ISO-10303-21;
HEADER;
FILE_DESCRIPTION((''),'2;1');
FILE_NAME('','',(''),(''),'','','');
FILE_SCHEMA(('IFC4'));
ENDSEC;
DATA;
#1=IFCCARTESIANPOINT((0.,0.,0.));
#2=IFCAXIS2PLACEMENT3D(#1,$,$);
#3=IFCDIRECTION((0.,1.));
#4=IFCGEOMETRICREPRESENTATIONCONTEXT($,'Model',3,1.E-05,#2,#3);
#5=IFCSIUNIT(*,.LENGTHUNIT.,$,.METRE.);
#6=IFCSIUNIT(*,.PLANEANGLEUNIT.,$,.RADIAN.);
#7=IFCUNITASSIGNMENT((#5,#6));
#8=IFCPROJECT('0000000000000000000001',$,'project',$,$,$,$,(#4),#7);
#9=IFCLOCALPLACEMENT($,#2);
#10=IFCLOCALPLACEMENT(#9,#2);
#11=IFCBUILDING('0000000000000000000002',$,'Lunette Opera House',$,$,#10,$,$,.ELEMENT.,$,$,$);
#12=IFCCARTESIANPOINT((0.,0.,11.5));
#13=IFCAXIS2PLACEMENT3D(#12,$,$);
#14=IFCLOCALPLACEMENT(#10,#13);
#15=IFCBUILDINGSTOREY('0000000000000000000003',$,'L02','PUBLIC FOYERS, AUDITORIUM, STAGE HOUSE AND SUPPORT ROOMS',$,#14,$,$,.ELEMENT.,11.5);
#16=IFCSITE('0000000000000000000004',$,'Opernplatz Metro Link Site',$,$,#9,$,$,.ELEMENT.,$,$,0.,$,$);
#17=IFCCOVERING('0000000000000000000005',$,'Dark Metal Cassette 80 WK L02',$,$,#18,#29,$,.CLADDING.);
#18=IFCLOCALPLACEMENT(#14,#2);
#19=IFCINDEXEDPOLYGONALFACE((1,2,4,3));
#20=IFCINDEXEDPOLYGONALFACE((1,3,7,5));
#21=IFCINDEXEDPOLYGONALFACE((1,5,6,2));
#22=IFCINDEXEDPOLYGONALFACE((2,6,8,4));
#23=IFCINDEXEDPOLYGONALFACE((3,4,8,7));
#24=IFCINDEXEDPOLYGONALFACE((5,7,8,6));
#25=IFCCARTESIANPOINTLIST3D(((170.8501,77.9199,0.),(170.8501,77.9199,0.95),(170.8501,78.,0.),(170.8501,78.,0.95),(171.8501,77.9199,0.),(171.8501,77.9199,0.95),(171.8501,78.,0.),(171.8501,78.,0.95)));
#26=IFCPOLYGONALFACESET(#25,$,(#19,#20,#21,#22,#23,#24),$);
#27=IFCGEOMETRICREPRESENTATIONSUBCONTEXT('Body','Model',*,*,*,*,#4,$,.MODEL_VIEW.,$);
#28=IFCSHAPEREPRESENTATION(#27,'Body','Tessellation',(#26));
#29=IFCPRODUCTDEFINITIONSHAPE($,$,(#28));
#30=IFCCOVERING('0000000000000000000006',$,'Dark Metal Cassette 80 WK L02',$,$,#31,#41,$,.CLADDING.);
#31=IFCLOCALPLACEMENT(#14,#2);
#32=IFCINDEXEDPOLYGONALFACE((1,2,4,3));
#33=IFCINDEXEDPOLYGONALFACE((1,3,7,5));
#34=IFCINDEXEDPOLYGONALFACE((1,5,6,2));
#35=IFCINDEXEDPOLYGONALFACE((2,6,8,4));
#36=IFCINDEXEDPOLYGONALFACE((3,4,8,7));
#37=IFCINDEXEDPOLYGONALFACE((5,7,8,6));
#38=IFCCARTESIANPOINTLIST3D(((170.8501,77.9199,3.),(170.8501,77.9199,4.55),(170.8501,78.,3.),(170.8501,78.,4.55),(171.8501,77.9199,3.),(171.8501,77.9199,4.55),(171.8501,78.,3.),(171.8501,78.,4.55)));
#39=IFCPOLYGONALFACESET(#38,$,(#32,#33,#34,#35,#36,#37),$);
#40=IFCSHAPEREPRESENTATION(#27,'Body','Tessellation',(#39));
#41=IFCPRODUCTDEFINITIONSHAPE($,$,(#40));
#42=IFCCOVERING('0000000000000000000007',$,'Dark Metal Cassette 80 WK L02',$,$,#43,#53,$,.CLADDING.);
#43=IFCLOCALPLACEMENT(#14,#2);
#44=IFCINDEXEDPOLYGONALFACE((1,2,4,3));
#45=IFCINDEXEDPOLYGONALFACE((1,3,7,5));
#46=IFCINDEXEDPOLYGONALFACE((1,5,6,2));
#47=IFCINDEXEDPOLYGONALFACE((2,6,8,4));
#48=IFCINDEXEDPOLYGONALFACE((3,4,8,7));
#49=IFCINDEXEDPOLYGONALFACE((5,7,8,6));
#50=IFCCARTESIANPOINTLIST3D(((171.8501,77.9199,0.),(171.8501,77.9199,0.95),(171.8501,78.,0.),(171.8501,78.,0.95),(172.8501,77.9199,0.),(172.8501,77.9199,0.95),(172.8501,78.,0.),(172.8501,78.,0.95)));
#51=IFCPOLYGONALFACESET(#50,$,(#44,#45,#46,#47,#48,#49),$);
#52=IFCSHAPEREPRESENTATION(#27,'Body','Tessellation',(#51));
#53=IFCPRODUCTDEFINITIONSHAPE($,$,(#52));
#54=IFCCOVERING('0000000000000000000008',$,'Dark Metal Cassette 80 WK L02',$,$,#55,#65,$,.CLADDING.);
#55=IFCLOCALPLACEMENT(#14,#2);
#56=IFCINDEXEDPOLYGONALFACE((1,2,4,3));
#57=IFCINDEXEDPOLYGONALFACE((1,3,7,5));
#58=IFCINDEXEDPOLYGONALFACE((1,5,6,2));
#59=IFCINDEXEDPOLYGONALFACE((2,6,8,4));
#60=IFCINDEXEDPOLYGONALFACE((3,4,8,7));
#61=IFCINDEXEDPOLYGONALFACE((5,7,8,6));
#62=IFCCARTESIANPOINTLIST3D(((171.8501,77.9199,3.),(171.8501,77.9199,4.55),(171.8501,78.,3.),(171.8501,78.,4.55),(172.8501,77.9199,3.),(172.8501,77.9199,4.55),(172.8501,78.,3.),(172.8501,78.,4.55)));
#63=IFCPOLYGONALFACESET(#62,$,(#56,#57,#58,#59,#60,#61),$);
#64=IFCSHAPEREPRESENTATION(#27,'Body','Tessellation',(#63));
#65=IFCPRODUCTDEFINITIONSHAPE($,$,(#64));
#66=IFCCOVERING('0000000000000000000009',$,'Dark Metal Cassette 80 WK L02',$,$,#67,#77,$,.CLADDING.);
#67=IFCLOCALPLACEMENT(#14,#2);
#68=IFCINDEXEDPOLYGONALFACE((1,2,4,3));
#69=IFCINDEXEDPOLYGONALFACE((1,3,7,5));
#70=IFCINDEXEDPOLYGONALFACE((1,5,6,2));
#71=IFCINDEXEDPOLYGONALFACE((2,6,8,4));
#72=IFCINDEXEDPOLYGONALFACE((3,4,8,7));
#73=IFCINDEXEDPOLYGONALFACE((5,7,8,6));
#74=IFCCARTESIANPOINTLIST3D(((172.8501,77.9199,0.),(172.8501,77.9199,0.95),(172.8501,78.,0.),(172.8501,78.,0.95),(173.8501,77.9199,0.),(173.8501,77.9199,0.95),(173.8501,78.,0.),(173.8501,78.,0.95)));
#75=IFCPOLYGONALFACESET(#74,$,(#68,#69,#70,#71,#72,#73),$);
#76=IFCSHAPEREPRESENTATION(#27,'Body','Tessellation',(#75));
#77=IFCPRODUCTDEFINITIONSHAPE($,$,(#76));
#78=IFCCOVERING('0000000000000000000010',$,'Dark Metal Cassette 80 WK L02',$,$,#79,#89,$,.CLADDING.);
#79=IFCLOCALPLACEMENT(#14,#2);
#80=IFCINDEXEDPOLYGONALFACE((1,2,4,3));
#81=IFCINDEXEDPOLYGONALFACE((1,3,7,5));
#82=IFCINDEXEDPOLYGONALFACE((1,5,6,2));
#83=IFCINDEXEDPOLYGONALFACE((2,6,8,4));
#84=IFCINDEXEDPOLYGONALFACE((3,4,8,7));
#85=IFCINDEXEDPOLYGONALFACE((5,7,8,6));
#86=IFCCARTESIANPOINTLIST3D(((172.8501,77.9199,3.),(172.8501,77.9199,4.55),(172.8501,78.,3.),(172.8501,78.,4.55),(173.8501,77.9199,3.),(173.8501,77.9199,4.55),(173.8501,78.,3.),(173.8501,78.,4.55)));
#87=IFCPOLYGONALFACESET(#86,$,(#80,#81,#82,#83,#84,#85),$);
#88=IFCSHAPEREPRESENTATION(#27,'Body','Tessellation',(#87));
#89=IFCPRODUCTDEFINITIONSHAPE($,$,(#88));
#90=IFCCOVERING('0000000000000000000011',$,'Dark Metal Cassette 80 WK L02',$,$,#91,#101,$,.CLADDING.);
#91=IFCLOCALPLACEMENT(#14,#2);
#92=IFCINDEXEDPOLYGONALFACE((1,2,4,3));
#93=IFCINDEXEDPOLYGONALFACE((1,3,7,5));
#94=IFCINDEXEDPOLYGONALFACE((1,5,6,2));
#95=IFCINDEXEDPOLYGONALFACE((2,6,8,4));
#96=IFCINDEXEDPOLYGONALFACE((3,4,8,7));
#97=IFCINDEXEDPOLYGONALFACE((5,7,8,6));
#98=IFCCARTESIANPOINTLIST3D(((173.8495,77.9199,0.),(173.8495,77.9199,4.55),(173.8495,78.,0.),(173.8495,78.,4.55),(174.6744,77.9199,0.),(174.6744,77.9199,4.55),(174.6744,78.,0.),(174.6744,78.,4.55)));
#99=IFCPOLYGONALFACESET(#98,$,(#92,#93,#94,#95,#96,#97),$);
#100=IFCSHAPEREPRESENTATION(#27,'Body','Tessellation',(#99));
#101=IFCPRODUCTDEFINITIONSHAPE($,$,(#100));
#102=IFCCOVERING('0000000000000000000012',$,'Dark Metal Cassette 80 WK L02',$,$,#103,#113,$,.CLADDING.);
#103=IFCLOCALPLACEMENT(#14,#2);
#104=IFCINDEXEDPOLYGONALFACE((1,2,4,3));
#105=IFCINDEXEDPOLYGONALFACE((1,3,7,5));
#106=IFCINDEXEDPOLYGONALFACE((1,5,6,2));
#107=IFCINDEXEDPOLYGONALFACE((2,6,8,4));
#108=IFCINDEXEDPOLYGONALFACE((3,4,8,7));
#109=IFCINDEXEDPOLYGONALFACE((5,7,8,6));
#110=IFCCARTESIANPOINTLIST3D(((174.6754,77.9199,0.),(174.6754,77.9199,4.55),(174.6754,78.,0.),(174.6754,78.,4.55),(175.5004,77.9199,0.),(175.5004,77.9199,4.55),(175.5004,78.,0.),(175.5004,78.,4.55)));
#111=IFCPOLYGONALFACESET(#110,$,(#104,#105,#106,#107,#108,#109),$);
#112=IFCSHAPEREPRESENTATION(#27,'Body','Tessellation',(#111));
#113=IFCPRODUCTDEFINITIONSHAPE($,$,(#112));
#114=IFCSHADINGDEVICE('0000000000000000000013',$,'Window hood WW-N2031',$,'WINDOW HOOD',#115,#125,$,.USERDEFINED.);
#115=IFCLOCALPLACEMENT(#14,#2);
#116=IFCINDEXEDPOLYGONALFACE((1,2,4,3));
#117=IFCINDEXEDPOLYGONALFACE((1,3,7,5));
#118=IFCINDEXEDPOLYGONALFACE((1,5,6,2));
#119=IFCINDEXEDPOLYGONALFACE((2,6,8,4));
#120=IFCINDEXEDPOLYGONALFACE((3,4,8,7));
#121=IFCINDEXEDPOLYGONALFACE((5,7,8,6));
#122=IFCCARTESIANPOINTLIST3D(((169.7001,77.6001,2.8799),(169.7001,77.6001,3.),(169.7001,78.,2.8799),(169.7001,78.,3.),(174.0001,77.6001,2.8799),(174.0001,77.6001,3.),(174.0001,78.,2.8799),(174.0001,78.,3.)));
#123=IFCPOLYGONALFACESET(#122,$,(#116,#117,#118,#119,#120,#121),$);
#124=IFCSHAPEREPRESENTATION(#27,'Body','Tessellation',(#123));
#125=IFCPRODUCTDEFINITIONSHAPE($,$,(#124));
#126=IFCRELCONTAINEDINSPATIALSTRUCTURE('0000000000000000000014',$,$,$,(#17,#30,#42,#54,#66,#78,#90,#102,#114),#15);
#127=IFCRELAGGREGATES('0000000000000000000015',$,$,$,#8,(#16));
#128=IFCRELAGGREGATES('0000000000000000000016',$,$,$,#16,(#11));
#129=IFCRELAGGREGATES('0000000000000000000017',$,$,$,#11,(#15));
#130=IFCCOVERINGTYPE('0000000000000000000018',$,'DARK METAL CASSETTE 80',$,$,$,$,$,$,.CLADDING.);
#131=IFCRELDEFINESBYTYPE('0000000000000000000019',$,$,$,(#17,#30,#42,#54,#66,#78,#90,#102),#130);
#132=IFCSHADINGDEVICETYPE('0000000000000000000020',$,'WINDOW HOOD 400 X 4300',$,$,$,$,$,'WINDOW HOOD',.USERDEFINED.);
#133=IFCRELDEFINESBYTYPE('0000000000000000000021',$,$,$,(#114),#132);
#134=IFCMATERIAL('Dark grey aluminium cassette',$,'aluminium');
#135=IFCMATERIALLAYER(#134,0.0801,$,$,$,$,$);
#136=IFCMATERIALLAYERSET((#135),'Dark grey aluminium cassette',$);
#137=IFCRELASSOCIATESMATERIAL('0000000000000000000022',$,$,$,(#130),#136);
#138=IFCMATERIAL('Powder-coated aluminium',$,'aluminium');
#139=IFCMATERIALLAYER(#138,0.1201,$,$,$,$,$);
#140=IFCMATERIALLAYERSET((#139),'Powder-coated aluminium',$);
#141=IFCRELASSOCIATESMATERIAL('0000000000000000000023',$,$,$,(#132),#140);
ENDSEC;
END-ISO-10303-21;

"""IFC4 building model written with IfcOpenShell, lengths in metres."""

from ifc_helpers import new_model, si_unit, direction, frame, origin, origin_2d, place, context, subcontext, project, spatial, rectangle, extrude, material, layer, layer_set, type_object, element, save


model = new_model("IFC4")

# Units and contexts
model_context = context("Model", 3, precision=1e-05, world=origin(), true_north=direction((0.0, 1.0)))
body_context = subcontext(model_context, "Body", "Model", "MODEL_VIEW")
ifc_project = project(units=[si_unit("LENGTHUNIT", "METRE"), si_unit("PLANEANGLEUNIT", "RADIAN")], contexts=[model_context])

# Site, building, storey
site_placement = place(None, origin())
site = spatial("IfcSite", under=ifc_project, at=site_placement, Name="Opernplatz Metro Link Site", CompositionType="ELEMENT", RefElevation=0.0)
building_placement = place(site_placement, origin())
building = spatial("IfcBuilding", under=site, at=building_placement, Name="Lunette Opera House", CompositionType="ELEMENT")
storey_placement = place(building_placement, frame((0.0, 0.0, 11.5)))
storey = spatial("IfcBuildingStorey", under=building, at=storey_placement, Name="L02", Description="PUBLIC FOYERS, AUDITORIUM, STAGE HOUSE AND SUPPORT ROOMS", CompositionType="ELEMENT", Elevation=11.5)

# Coverings
ifc_material_1 = material(Name="Dark grey aluminium cassette", Category="aluminium")
ifc_layer_1 = layer(ifc_material_1, 0.0801)
ifc_layer_set_1 = layer_set([ifc_layer_1], Name="Dark grey aluminium cassette")
covering_type = type_object("IfcCoveringType", Name="DARK METAL CASSETTE 80", PredefinedType="CLADDING", material=ifc_layer_set_1)
covering_1_placement = place(storey_placement, frame((171.3501, 77.96, 0.0), z_axis=(0.0, 0.0, 1.0), x_axis=(1.0, 0.0, 0.0)))
element("IfcCovering", 1, at=covering_1_placement, inside=storey, type_object=covering_type, Name="Dark Metal Cassette 80 WK L02", PredefinedType="CLADDING", context=body_context, shape_type="SweptSolid", body=[
    extrude(rectangle(XDim=1.0, YDim=0.0801, at=origin_2d()), origin(), (0.0, 0.0, 1.0), 0.95),
])
covering_2_placement = place(storey_placement, frame((171.3501, 77.96, 3.0), z_axis=(0.0, 0.0, 1.0), x_axis=(1.0, 0.0, 0.0)))
element("IfcCovering", 2, at=covering_2_placement, inside=storey, type_object=covering_type, Name="Dark Metal Cassette 80 WK L02", PredefinedType="CLADDING", context=body_context, shape_type="SweptSolid", body=[
    extrude(rectangle(XDim=1.0, YDim=0.0801, at=origin_2d()), origin(), (0.0, 0.0, 1.0), 1.55),
])
covering_3_placement = place(storey_placement, frame((172.3501, 77.96, 0.0), z_axis=(0.0, 0.0, 1.0), x_axis=(1.0, 0.0, 0.0)))
element("IfcCovering", 3, at=covering_3_placement, inside=storey, type_object=covering_type, Name="Dark Metal Cassette 80 WK L02", PredefinedType="CLADDING", context=body_context, shape_type="SweptSolid", body=[
    extrude(rectangle(XDim=1.0, YDim=0.0801, at=origin_2d()), origin(), (0.0, 0.0, 1.0), 0.95),
])
covering_4_placement = place(storey_placement, frame((172.3501, 77.96, 3.0), z_axis=(0.0, 0.0, 1.0), x_axis=(1.0, 0.0, 0.0)))
element("IfcCovering", 4, at=covering_4_placement, inside=storey, type_object=covering_type, Name="Dark Metal Cassette 80 WK L02", PredefinedType="CLADDING", context=body_context, shape_type="SweptSolid", body=[
    extrude(rectangle(XDim=1.0, YDim=0.0801, at=origin_2d()), origin(), (0.0, 0.0, 1.0), 1.55),
])
covering_5_placement = place(storey_placement, frame((173.3501, 77.96, 0.0), z_axis=(0.0, 0.0, 1.0), x_axis=(1.0, 0.0, 0.0)))
element("IfcCovering", 5, at=covering_5_placement, inside=storey, type_object=covering_type, Name="Dark Metal Cassette 80 WK L02", PredefinedType="CLADDING", context=body_context, shape_type="SweptSolid", body=[
    extrude(rectangle(XDim=1.0, YDim=0.0801, at=origin_2d()), origin(), (0.0, 0.0, 1.0), 0.95),
])
covering_6_placement = place(storey_placement, frame((173.3501, 77.96, 3.0), z_axis=(0.0, 0.0, 1.0), x_axis=(1.0, 0.0, 0.0)))
element("IfcCovering", 6, at=covering_6_placement, inside=storey, type_object=covering_type, Name="Dark Metal Cassette 80 WK L02", PredefinedType="CLADDING", context=body_context, shape_type="SweptSolid", body=[
    extrude(rectangle(XDim=1.0, YDim=0.0801, at=origin_2d()), origin(), (0.0, 0.0, 1.0), 1.55),
])
for number, where, z_axis, x_axis, name in (
    (7, (174.262, 77.96, 0.0), (0.0, 0.0, 1.0), (1.0, 0.0, 0.0), "Dark Metal Cassette 80 WK L02"),
    (8, (175.0879, 77.96, 0.0), (0.0, 0.0, 1.0), (1.0, 0.0, 0.0), "Dark Metal Cassette 80 WK L02"),
):
    element("IfcCovering", number, at=place(storey_placement, frame(where, z_axis=z_axis, x_axis=x_axis)), inside=storey, type_object=covering_type, Name=name, PredefinedType="CLADDING", context=body_context, shape_type="SweptSolid", body=[
        extrude(rectangle(XDim=0.825, YDim=0.0801, at=origin_2d()), origin(), (0.0, 0.0, 1.0), 4.55),
    ])

# Shading device
ifc_material_2 = material(Name="Powder-coated aluminium", Category="aluminium")
ifc_layer_2 = layer(ifc_material_2, 0.1201)
ifc_layer_set_2 = layer_set([ifc_layer_2], Name="Powder-coated aluminium")
shading_device_type = type_object("IfcShadingDeviceType", Name="WINDOW HOOD 400 X 4300", ElementType="WINDOW HOOD", PredefinedType="USERDEFINED", material=ifc_layer_set_2)
shading_device_placement = place(storey_placement, frame((171.8501, 77.8, 2.8799), z_axis=(0.0, 0.0, 1.0), x_axis=(0.0, -1.0, 0.0)))
element("IfcShadingDevice", 9, at=shading_device_placement, inside=storey, type_object=shading_device_type, Name="Window hood WW-N2031", ObjectType="WINDOW HOOD", PredefinedType="USERDEFINED", context=body_context, shape_type="SweptSolid", body=[
    extrude(rectangle(XDim=0.3999, YDim=4.3, at=origin_2d()), origin(), (0.0, 0.0, 1.0), 0.1201),
])

save(model, "model.ifc")
